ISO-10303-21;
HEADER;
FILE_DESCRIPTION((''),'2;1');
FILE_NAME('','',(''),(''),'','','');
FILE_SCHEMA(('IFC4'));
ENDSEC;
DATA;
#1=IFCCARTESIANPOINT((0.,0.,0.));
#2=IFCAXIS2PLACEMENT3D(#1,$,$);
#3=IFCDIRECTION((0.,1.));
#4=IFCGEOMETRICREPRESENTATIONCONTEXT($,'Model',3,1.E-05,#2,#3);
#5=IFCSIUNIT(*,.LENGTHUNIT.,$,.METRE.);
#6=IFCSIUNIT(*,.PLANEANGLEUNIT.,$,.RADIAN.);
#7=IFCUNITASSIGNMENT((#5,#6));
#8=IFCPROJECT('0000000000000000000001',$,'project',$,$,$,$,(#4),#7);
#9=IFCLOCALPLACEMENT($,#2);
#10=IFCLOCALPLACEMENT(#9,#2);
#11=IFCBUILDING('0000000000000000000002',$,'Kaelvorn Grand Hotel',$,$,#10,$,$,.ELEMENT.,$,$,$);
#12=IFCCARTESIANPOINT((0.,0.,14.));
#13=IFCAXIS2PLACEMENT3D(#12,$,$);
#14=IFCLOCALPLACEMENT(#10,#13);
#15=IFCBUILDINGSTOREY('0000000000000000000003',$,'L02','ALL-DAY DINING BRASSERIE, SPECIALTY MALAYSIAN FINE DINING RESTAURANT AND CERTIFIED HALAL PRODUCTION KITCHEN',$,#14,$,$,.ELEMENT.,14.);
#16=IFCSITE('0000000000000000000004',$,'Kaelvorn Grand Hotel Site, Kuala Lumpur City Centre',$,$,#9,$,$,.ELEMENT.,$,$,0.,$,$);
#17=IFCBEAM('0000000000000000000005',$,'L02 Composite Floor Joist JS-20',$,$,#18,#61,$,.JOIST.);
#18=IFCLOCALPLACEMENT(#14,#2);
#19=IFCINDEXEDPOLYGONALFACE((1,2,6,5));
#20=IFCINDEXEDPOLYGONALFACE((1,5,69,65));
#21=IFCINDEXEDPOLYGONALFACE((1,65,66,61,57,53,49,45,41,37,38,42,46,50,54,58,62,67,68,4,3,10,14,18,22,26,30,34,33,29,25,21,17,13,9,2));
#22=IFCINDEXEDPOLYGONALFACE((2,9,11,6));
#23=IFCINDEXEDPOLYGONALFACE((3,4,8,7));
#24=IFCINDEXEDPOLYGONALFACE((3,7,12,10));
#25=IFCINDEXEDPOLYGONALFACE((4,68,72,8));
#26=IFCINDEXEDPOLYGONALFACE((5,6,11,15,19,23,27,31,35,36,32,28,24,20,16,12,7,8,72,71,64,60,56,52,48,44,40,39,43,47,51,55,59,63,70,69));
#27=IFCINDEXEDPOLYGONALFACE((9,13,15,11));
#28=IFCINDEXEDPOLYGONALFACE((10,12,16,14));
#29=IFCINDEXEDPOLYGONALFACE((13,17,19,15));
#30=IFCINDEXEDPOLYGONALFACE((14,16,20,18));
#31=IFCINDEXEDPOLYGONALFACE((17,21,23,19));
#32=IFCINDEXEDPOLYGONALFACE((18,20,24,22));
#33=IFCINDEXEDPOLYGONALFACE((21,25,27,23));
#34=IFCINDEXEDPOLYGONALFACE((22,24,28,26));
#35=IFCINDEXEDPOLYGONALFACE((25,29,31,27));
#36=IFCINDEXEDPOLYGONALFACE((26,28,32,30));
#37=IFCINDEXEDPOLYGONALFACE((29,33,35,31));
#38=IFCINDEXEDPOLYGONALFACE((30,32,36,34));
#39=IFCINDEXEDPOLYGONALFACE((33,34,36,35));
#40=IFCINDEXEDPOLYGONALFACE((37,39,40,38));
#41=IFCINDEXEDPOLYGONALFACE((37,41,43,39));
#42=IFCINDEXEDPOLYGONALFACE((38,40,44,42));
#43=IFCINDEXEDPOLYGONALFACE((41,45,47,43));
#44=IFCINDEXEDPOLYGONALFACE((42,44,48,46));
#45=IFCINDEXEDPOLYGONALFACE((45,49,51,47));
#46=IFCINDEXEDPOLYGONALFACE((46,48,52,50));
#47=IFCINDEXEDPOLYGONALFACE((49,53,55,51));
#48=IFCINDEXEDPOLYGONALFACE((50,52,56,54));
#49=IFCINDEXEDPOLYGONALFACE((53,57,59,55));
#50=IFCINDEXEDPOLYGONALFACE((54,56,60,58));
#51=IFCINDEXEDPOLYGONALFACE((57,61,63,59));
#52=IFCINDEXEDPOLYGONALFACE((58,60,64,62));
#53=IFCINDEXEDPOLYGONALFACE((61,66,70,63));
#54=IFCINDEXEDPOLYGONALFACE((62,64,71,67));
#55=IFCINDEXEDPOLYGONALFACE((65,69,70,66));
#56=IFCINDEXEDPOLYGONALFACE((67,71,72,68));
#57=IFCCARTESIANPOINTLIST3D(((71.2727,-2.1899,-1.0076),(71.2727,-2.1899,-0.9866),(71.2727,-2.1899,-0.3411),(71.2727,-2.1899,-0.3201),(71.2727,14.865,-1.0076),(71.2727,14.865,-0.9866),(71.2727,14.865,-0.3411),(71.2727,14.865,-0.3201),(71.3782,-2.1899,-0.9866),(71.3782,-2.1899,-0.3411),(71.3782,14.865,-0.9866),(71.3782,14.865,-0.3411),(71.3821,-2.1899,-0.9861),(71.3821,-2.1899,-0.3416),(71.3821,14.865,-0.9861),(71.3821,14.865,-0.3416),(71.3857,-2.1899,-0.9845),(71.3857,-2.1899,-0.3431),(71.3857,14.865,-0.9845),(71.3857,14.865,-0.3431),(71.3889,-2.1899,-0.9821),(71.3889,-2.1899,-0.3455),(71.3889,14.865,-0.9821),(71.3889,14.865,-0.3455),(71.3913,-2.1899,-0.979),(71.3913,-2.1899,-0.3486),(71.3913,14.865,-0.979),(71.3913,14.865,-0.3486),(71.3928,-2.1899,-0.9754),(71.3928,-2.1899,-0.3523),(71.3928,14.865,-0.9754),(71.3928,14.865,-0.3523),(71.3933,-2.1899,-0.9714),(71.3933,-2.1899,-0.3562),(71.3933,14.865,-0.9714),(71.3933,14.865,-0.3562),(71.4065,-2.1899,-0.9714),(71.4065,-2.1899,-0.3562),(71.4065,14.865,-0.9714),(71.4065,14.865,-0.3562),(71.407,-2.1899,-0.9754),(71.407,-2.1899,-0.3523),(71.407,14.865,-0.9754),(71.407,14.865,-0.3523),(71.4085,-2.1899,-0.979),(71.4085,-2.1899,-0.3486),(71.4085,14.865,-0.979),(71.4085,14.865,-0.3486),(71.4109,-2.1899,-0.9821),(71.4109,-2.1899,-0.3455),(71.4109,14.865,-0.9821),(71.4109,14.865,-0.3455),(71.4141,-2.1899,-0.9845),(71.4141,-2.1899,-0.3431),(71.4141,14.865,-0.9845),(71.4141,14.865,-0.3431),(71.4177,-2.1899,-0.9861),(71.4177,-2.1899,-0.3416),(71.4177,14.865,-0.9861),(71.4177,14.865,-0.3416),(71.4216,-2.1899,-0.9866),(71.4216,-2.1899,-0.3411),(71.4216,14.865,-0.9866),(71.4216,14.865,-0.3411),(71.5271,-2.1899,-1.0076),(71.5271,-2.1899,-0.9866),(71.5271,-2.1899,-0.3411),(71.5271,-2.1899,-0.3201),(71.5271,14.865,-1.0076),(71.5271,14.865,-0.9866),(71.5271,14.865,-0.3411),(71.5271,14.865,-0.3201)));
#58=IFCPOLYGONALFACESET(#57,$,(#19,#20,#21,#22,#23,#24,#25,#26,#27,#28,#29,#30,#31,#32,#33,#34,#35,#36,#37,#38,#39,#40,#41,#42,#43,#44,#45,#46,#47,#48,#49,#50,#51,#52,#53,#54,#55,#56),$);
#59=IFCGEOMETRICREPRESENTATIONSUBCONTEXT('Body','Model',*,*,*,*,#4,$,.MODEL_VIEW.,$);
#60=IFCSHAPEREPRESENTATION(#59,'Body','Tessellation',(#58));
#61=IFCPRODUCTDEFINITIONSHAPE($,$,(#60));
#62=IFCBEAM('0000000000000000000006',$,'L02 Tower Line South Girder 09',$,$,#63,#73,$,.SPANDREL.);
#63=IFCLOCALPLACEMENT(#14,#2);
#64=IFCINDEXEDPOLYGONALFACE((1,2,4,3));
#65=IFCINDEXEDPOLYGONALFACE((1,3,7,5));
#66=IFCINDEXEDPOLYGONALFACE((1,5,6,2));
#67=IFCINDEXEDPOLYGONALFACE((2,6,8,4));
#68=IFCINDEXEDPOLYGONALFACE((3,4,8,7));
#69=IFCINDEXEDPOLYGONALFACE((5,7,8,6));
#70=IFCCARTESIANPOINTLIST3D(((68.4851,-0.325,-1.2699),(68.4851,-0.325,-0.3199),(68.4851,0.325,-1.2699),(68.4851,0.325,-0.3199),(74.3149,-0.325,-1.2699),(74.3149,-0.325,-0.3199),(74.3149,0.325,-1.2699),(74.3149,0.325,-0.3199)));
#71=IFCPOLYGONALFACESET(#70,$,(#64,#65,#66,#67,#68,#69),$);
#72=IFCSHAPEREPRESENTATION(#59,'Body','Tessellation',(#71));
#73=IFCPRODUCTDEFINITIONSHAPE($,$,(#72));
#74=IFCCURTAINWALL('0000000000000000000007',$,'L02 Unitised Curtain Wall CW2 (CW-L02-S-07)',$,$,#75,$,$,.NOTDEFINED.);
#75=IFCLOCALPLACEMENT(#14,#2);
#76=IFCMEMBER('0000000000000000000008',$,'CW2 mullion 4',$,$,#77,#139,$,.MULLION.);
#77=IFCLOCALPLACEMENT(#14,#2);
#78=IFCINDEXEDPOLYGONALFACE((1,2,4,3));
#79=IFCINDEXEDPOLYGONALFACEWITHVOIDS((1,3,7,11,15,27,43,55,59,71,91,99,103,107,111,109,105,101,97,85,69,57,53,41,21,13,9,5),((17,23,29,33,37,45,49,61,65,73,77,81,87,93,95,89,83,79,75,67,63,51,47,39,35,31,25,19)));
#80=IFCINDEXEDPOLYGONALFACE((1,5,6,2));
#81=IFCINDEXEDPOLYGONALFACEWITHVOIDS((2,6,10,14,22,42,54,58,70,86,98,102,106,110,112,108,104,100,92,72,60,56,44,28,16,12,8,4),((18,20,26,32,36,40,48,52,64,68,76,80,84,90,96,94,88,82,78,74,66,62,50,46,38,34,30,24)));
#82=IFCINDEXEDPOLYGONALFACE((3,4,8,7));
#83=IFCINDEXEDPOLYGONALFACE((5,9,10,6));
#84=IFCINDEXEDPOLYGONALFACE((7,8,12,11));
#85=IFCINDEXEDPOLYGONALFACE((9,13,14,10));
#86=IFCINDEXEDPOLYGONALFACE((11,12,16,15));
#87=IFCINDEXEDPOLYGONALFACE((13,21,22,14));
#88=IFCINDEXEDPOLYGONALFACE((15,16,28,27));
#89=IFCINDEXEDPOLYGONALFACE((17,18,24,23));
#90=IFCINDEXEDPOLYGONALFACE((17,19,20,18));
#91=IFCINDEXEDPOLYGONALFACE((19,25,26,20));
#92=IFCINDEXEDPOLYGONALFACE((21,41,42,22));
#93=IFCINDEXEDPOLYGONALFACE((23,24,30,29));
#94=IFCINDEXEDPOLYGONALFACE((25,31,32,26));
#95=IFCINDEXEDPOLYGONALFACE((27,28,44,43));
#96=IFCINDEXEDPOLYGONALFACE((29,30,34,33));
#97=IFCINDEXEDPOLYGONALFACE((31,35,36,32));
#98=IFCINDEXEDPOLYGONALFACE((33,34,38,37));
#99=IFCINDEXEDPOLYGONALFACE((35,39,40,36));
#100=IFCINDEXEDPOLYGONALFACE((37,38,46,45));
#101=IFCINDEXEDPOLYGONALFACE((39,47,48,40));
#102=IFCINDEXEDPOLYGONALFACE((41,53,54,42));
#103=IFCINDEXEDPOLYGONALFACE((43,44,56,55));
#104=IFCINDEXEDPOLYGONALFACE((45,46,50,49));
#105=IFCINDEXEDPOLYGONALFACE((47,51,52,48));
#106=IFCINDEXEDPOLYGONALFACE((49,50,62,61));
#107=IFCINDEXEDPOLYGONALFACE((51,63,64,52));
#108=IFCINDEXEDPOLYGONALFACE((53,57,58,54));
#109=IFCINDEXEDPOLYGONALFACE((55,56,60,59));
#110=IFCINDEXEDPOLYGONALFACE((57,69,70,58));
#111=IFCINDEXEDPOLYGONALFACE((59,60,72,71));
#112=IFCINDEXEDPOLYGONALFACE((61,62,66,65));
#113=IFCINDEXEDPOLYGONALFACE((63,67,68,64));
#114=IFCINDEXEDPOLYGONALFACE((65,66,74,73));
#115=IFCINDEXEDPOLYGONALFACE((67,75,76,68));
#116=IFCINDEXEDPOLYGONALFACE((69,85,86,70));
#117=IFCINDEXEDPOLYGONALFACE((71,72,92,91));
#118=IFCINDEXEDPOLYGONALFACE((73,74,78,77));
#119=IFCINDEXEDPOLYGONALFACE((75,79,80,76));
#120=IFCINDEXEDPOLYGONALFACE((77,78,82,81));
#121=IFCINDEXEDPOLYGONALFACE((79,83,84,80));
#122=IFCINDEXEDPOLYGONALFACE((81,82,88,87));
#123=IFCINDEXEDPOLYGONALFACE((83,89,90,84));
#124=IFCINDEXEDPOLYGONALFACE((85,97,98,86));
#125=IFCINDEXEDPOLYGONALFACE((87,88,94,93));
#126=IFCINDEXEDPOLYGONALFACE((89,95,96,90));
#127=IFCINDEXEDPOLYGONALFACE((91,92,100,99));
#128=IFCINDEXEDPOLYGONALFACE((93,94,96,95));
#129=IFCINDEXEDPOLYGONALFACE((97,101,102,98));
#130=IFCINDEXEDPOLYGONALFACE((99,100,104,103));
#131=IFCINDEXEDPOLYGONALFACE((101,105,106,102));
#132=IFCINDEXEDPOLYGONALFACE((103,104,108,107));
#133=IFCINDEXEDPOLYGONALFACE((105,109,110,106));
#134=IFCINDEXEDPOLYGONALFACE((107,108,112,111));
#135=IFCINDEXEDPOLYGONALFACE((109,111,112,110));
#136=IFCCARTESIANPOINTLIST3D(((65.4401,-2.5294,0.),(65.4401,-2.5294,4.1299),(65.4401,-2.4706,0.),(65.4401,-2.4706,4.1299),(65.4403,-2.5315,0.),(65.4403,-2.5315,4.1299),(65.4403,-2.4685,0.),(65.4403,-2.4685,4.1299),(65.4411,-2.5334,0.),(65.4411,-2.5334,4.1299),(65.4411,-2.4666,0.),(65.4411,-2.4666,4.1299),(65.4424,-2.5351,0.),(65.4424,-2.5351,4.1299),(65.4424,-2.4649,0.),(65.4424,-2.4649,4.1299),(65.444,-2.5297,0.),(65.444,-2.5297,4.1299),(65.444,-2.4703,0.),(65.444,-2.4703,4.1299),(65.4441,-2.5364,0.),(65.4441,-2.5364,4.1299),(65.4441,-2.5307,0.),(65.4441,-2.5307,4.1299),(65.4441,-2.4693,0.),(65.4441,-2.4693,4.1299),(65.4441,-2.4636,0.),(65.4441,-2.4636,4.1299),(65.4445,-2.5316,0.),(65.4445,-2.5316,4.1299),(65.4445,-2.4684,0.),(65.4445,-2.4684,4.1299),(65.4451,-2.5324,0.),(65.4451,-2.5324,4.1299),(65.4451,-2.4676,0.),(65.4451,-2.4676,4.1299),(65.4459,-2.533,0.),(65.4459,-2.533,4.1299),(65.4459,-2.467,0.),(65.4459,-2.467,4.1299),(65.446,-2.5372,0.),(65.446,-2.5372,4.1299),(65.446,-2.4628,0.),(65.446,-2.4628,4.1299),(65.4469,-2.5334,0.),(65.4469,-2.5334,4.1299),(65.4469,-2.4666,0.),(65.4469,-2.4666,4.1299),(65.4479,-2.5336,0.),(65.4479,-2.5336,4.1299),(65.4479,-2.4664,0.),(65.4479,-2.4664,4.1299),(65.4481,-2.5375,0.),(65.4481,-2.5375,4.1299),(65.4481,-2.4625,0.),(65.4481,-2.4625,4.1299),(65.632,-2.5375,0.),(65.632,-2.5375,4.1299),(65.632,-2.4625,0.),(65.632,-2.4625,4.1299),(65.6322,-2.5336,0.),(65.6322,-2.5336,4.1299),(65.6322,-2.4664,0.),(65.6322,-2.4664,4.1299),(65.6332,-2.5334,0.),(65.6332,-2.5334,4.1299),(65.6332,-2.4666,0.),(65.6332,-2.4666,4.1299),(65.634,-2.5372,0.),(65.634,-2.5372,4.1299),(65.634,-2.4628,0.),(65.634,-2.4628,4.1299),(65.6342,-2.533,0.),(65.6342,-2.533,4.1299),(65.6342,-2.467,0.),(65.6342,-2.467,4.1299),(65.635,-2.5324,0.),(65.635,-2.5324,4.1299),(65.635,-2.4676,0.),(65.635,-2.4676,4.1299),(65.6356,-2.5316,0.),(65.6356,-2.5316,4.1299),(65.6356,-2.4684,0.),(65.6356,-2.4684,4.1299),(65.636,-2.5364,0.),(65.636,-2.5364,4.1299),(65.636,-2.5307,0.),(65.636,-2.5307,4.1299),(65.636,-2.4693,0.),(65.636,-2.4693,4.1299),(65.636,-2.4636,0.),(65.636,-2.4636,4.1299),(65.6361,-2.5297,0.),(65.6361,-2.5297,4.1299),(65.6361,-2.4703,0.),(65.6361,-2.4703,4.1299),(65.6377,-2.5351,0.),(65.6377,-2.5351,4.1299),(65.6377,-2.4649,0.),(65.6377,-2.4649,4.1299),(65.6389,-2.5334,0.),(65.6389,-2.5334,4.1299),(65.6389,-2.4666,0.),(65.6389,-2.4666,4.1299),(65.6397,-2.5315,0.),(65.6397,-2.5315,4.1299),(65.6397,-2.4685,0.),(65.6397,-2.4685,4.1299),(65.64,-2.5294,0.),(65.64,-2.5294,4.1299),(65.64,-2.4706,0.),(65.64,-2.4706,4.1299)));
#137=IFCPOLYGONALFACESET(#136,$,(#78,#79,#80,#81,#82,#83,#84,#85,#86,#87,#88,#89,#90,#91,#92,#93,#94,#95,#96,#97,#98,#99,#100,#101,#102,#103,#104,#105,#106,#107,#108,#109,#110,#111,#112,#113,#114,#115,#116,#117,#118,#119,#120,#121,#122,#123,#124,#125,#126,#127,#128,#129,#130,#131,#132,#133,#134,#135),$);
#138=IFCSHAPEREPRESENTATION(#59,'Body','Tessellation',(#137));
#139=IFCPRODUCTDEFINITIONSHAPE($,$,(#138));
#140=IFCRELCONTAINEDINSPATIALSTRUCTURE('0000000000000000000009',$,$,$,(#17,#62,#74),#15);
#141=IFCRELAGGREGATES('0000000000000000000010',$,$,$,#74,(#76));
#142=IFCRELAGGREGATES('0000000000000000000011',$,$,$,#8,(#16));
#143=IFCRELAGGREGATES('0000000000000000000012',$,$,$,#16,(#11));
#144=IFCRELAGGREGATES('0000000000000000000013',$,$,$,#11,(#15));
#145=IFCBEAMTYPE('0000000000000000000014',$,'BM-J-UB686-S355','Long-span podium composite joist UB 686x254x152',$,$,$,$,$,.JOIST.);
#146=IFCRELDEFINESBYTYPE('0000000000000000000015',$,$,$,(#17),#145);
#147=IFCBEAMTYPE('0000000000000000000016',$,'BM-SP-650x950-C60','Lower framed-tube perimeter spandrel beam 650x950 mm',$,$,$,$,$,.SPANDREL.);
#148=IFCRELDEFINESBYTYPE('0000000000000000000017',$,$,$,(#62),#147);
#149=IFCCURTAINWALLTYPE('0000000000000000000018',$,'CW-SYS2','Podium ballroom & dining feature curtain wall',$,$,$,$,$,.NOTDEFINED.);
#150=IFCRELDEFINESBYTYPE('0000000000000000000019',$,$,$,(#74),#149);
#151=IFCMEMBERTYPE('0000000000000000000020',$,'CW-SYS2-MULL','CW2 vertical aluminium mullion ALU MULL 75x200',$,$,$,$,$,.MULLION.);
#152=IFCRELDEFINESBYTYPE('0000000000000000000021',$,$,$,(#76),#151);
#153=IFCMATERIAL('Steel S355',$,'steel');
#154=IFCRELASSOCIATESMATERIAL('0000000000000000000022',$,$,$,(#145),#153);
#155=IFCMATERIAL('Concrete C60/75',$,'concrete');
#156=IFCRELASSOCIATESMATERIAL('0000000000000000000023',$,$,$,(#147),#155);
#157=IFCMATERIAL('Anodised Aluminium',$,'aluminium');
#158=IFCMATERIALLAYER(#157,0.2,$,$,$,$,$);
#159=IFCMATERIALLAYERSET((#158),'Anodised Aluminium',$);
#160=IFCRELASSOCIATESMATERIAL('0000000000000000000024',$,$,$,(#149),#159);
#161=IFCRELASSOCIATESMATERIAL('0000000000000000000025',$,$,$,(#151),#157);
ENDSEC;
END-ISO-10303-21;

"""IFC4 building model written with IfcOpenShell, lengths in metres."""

from ifc_helpers import new_model, si_unit, direction, frame, origin, origin_2d, place, context, subcontext, project, spatial, rectangle, hollow_rectangle, i_section, extrude, material, layer, layer_set, material_profile, profile_set, type_object, element, aggregate, save


model = new_model("IFC4")

# Units and contexts
model_context = context("Model", 3, precision=1e-05, world=origin(), true_north=direction((0.0, 1.0)))
body_context = subcontext(model_context, "Body", "Model", "MODEL_VIEW")
ifc_project = project(units=[si_unit("LENGTHUNIT", "METRE"), si_unit("PLANEANGLEUNIT", "RADIAN")], contexts=[model_context])

# Site, building, storey
site_placement = place(None, origin())
site = spatial("IfcSite", under=ifc_project, at=site_placement, Name="Kaelvorn Grand Hotel Site, Kuala Lumpur City Centre", CompositionType="ELEMENT", RefElevation=0.0)
building_placement = place(site_placement, origin())
building = spatial("IfcBuilding", under=site, at=building_placement, Name="Kaelvorn Grand Hotel", CompositionType="ELEMENT")
storey_placement = place(building_placement, frame((0.0, 0.0, 14.0)))
storey = spatial("IfcBuildingStorey", under=building, at=storey_placement, Name="L02", Description="ALL-DAY DINING BRASSERIE, SPECIALTY MALAYSIAN FINE DINING RESTAURANT AND CERTIFIED HALAL PRODUCTION KITCHEN", CompositionType="ELEMENT", Elevation=14.0)

# Beams
ifc_material_1 = material(Name="Steel S355", Category="steel")
ifc_material_profile_1 = material_profile(ifc_material_1, i_section(OverallWidth=0.2544, OverallDepth=0.6875, WebThickness=0.0132, FlangeThickness=0.021, FilletRadius=0.0151, at=origin_2d()), Name="UB 686x254x152")
ifc_profile_set_1 = profile_set([ifc_material_profile_1], Name="Steel S355")
beam_type_1 = type_object("IfcBeamType", Name="BM-J-UB686-S355", Description="Long-span podium composite joist UB 686x254x152", PredefinedType="JOIST", material=ifc_profile_set_1)
beam_1_placement = place(storey_placement, frame((71.3999, -2.1899, -0.6638), z_axis=(0.0, 1.0, 0.0), x_axis=(-1.0, 0.0, 0.0)))
element("IfcBeam", 1, at=beam_1_placement, inside=storey, type_object=beam_type_1, Name="L02 Composite Floor Joist JS-20", PredefinedType="JOIST", context=body_context, shape_type="SweptSolid", body=[
    extrude(i_section(OverallWidth=0.2544, OverallDepth=0.6875, WebThickness=0.0132, FlangeThickness=0.021, FilletRadius=0.0151, at=origin_2d()), origin(), (0.0, 0.0, 1.0), 17.0549),
])
ifc_material_2 = material(Name="Concrete C60/75", Category="concrete")
ifc_material_profile_2 = material_profile(ifc_material_2, rectangle(XDim=0.6499, YDim=0.95, at=origin_2d()), Name="RC SPANDREL 650x950")
ifc_profile_set_2 = profile_set([ifc_material_profile_2], Name="Concrete C60/75")
beam_type_2 = type_object("IfcBeamType", Name="BM-SP-650x950-C60", Description="Lower framed-tube perimeter spandrel beam 650x950 mm", PredefinedType="SPANDREL", material=ifc_profile_set_2)
beam_2_placement = place(storey_placement, frame((68.4851, 0.0, -0.7949), z_axis=(1.0, 0.0, 0.0), x_axis=(0.0, 1.0, 0.0)))
element("IfcBeam", 2, at=beam_2_placement, inside=storey, type_object=beam_type_2, Name="L02 Tower Line South Girder 09", PredefinedType="SPANDREL", context=body_context, shape_type="SweptSolid", body=[
    extrude(rectangle(XDim=0.6499, YDim=0.95, at=origin_2d()), origin(), (0.0, 0.0, 1.0), 5.8298),
])

# Curtain wall, member
ifc_material_3 = material(Name="Anodised Aluminium", Category="aluminium")
ifc_layer_1 = layer(ifc_material_3, 0.2)
ifc_layer_set_1 = layer_set([ifc_layer_1], Name="Anodised Aluminium")
curtain_wall_type = type_object("IfcCurtainWallType", Name="CW-SYS2", Description="Podium ballroom & dining feature curtain wall", PredefinedType="NOTDEFINED", material=ifc_layer_set_1)
curtain_wall_placement = place(storey_placement, origin())
curtain_wall = element("IfcCurtainWall", 3, at=curtain_wall_placement, inside=storey, type_object=curtain_wall_type, Name="L02 Unitised Curtain Wall CW2 (CW-L02-S-07)", PredefinedType="NOTDEFINED")
ifc_material_profile_3 = material_profile(ifc_material_3, hollow_rectangle(XDim=0.075, YDim=0.2, WallThickness=0.0039, InnerFilletRadius=0.0039, OuterFilletRadius=0.0081, at=origin_2d()), Name="ALU MULL 75x200")
ifc_profile_set_3 = profile_set([ifc_material_profile_3], Name="Anodised Aluminium")
member_type_1 = type_object("IfcMemberType", Name="CW-SYS2-MULL", Description="CW2 vertical aluminium mullion ALU MULL 75x200", PredefinedType="MULLION", material=ifc_profile_set_3)
member_1_placement = place(storey_placement, frame((65.54, -2.5, 0.0), z_axis=(0.0, 0.0, 1.0), x_axis=(0.0, 1.0, 0.0)))
member_1 = element("IfcMember", 4, at=member_1_placement, type_object=member_type_1, Name="CW2 mullion 4", PredefinedType="MULLION", context=body_context, shape_type="SweptSolid", body=[
    extrude(hollow_rectangle(XDim=0.075, YDim=0.2, WallThickness=0.0039, InnerFilletRadius=0.0039, OuterFilletRadius=0.0081, at=origin_2d()), origin(), (0.0, 0.0, 1.0), 4.1299),
])
aggregate(curtain_wall, [member_1])

save(model, "model.ifc")
